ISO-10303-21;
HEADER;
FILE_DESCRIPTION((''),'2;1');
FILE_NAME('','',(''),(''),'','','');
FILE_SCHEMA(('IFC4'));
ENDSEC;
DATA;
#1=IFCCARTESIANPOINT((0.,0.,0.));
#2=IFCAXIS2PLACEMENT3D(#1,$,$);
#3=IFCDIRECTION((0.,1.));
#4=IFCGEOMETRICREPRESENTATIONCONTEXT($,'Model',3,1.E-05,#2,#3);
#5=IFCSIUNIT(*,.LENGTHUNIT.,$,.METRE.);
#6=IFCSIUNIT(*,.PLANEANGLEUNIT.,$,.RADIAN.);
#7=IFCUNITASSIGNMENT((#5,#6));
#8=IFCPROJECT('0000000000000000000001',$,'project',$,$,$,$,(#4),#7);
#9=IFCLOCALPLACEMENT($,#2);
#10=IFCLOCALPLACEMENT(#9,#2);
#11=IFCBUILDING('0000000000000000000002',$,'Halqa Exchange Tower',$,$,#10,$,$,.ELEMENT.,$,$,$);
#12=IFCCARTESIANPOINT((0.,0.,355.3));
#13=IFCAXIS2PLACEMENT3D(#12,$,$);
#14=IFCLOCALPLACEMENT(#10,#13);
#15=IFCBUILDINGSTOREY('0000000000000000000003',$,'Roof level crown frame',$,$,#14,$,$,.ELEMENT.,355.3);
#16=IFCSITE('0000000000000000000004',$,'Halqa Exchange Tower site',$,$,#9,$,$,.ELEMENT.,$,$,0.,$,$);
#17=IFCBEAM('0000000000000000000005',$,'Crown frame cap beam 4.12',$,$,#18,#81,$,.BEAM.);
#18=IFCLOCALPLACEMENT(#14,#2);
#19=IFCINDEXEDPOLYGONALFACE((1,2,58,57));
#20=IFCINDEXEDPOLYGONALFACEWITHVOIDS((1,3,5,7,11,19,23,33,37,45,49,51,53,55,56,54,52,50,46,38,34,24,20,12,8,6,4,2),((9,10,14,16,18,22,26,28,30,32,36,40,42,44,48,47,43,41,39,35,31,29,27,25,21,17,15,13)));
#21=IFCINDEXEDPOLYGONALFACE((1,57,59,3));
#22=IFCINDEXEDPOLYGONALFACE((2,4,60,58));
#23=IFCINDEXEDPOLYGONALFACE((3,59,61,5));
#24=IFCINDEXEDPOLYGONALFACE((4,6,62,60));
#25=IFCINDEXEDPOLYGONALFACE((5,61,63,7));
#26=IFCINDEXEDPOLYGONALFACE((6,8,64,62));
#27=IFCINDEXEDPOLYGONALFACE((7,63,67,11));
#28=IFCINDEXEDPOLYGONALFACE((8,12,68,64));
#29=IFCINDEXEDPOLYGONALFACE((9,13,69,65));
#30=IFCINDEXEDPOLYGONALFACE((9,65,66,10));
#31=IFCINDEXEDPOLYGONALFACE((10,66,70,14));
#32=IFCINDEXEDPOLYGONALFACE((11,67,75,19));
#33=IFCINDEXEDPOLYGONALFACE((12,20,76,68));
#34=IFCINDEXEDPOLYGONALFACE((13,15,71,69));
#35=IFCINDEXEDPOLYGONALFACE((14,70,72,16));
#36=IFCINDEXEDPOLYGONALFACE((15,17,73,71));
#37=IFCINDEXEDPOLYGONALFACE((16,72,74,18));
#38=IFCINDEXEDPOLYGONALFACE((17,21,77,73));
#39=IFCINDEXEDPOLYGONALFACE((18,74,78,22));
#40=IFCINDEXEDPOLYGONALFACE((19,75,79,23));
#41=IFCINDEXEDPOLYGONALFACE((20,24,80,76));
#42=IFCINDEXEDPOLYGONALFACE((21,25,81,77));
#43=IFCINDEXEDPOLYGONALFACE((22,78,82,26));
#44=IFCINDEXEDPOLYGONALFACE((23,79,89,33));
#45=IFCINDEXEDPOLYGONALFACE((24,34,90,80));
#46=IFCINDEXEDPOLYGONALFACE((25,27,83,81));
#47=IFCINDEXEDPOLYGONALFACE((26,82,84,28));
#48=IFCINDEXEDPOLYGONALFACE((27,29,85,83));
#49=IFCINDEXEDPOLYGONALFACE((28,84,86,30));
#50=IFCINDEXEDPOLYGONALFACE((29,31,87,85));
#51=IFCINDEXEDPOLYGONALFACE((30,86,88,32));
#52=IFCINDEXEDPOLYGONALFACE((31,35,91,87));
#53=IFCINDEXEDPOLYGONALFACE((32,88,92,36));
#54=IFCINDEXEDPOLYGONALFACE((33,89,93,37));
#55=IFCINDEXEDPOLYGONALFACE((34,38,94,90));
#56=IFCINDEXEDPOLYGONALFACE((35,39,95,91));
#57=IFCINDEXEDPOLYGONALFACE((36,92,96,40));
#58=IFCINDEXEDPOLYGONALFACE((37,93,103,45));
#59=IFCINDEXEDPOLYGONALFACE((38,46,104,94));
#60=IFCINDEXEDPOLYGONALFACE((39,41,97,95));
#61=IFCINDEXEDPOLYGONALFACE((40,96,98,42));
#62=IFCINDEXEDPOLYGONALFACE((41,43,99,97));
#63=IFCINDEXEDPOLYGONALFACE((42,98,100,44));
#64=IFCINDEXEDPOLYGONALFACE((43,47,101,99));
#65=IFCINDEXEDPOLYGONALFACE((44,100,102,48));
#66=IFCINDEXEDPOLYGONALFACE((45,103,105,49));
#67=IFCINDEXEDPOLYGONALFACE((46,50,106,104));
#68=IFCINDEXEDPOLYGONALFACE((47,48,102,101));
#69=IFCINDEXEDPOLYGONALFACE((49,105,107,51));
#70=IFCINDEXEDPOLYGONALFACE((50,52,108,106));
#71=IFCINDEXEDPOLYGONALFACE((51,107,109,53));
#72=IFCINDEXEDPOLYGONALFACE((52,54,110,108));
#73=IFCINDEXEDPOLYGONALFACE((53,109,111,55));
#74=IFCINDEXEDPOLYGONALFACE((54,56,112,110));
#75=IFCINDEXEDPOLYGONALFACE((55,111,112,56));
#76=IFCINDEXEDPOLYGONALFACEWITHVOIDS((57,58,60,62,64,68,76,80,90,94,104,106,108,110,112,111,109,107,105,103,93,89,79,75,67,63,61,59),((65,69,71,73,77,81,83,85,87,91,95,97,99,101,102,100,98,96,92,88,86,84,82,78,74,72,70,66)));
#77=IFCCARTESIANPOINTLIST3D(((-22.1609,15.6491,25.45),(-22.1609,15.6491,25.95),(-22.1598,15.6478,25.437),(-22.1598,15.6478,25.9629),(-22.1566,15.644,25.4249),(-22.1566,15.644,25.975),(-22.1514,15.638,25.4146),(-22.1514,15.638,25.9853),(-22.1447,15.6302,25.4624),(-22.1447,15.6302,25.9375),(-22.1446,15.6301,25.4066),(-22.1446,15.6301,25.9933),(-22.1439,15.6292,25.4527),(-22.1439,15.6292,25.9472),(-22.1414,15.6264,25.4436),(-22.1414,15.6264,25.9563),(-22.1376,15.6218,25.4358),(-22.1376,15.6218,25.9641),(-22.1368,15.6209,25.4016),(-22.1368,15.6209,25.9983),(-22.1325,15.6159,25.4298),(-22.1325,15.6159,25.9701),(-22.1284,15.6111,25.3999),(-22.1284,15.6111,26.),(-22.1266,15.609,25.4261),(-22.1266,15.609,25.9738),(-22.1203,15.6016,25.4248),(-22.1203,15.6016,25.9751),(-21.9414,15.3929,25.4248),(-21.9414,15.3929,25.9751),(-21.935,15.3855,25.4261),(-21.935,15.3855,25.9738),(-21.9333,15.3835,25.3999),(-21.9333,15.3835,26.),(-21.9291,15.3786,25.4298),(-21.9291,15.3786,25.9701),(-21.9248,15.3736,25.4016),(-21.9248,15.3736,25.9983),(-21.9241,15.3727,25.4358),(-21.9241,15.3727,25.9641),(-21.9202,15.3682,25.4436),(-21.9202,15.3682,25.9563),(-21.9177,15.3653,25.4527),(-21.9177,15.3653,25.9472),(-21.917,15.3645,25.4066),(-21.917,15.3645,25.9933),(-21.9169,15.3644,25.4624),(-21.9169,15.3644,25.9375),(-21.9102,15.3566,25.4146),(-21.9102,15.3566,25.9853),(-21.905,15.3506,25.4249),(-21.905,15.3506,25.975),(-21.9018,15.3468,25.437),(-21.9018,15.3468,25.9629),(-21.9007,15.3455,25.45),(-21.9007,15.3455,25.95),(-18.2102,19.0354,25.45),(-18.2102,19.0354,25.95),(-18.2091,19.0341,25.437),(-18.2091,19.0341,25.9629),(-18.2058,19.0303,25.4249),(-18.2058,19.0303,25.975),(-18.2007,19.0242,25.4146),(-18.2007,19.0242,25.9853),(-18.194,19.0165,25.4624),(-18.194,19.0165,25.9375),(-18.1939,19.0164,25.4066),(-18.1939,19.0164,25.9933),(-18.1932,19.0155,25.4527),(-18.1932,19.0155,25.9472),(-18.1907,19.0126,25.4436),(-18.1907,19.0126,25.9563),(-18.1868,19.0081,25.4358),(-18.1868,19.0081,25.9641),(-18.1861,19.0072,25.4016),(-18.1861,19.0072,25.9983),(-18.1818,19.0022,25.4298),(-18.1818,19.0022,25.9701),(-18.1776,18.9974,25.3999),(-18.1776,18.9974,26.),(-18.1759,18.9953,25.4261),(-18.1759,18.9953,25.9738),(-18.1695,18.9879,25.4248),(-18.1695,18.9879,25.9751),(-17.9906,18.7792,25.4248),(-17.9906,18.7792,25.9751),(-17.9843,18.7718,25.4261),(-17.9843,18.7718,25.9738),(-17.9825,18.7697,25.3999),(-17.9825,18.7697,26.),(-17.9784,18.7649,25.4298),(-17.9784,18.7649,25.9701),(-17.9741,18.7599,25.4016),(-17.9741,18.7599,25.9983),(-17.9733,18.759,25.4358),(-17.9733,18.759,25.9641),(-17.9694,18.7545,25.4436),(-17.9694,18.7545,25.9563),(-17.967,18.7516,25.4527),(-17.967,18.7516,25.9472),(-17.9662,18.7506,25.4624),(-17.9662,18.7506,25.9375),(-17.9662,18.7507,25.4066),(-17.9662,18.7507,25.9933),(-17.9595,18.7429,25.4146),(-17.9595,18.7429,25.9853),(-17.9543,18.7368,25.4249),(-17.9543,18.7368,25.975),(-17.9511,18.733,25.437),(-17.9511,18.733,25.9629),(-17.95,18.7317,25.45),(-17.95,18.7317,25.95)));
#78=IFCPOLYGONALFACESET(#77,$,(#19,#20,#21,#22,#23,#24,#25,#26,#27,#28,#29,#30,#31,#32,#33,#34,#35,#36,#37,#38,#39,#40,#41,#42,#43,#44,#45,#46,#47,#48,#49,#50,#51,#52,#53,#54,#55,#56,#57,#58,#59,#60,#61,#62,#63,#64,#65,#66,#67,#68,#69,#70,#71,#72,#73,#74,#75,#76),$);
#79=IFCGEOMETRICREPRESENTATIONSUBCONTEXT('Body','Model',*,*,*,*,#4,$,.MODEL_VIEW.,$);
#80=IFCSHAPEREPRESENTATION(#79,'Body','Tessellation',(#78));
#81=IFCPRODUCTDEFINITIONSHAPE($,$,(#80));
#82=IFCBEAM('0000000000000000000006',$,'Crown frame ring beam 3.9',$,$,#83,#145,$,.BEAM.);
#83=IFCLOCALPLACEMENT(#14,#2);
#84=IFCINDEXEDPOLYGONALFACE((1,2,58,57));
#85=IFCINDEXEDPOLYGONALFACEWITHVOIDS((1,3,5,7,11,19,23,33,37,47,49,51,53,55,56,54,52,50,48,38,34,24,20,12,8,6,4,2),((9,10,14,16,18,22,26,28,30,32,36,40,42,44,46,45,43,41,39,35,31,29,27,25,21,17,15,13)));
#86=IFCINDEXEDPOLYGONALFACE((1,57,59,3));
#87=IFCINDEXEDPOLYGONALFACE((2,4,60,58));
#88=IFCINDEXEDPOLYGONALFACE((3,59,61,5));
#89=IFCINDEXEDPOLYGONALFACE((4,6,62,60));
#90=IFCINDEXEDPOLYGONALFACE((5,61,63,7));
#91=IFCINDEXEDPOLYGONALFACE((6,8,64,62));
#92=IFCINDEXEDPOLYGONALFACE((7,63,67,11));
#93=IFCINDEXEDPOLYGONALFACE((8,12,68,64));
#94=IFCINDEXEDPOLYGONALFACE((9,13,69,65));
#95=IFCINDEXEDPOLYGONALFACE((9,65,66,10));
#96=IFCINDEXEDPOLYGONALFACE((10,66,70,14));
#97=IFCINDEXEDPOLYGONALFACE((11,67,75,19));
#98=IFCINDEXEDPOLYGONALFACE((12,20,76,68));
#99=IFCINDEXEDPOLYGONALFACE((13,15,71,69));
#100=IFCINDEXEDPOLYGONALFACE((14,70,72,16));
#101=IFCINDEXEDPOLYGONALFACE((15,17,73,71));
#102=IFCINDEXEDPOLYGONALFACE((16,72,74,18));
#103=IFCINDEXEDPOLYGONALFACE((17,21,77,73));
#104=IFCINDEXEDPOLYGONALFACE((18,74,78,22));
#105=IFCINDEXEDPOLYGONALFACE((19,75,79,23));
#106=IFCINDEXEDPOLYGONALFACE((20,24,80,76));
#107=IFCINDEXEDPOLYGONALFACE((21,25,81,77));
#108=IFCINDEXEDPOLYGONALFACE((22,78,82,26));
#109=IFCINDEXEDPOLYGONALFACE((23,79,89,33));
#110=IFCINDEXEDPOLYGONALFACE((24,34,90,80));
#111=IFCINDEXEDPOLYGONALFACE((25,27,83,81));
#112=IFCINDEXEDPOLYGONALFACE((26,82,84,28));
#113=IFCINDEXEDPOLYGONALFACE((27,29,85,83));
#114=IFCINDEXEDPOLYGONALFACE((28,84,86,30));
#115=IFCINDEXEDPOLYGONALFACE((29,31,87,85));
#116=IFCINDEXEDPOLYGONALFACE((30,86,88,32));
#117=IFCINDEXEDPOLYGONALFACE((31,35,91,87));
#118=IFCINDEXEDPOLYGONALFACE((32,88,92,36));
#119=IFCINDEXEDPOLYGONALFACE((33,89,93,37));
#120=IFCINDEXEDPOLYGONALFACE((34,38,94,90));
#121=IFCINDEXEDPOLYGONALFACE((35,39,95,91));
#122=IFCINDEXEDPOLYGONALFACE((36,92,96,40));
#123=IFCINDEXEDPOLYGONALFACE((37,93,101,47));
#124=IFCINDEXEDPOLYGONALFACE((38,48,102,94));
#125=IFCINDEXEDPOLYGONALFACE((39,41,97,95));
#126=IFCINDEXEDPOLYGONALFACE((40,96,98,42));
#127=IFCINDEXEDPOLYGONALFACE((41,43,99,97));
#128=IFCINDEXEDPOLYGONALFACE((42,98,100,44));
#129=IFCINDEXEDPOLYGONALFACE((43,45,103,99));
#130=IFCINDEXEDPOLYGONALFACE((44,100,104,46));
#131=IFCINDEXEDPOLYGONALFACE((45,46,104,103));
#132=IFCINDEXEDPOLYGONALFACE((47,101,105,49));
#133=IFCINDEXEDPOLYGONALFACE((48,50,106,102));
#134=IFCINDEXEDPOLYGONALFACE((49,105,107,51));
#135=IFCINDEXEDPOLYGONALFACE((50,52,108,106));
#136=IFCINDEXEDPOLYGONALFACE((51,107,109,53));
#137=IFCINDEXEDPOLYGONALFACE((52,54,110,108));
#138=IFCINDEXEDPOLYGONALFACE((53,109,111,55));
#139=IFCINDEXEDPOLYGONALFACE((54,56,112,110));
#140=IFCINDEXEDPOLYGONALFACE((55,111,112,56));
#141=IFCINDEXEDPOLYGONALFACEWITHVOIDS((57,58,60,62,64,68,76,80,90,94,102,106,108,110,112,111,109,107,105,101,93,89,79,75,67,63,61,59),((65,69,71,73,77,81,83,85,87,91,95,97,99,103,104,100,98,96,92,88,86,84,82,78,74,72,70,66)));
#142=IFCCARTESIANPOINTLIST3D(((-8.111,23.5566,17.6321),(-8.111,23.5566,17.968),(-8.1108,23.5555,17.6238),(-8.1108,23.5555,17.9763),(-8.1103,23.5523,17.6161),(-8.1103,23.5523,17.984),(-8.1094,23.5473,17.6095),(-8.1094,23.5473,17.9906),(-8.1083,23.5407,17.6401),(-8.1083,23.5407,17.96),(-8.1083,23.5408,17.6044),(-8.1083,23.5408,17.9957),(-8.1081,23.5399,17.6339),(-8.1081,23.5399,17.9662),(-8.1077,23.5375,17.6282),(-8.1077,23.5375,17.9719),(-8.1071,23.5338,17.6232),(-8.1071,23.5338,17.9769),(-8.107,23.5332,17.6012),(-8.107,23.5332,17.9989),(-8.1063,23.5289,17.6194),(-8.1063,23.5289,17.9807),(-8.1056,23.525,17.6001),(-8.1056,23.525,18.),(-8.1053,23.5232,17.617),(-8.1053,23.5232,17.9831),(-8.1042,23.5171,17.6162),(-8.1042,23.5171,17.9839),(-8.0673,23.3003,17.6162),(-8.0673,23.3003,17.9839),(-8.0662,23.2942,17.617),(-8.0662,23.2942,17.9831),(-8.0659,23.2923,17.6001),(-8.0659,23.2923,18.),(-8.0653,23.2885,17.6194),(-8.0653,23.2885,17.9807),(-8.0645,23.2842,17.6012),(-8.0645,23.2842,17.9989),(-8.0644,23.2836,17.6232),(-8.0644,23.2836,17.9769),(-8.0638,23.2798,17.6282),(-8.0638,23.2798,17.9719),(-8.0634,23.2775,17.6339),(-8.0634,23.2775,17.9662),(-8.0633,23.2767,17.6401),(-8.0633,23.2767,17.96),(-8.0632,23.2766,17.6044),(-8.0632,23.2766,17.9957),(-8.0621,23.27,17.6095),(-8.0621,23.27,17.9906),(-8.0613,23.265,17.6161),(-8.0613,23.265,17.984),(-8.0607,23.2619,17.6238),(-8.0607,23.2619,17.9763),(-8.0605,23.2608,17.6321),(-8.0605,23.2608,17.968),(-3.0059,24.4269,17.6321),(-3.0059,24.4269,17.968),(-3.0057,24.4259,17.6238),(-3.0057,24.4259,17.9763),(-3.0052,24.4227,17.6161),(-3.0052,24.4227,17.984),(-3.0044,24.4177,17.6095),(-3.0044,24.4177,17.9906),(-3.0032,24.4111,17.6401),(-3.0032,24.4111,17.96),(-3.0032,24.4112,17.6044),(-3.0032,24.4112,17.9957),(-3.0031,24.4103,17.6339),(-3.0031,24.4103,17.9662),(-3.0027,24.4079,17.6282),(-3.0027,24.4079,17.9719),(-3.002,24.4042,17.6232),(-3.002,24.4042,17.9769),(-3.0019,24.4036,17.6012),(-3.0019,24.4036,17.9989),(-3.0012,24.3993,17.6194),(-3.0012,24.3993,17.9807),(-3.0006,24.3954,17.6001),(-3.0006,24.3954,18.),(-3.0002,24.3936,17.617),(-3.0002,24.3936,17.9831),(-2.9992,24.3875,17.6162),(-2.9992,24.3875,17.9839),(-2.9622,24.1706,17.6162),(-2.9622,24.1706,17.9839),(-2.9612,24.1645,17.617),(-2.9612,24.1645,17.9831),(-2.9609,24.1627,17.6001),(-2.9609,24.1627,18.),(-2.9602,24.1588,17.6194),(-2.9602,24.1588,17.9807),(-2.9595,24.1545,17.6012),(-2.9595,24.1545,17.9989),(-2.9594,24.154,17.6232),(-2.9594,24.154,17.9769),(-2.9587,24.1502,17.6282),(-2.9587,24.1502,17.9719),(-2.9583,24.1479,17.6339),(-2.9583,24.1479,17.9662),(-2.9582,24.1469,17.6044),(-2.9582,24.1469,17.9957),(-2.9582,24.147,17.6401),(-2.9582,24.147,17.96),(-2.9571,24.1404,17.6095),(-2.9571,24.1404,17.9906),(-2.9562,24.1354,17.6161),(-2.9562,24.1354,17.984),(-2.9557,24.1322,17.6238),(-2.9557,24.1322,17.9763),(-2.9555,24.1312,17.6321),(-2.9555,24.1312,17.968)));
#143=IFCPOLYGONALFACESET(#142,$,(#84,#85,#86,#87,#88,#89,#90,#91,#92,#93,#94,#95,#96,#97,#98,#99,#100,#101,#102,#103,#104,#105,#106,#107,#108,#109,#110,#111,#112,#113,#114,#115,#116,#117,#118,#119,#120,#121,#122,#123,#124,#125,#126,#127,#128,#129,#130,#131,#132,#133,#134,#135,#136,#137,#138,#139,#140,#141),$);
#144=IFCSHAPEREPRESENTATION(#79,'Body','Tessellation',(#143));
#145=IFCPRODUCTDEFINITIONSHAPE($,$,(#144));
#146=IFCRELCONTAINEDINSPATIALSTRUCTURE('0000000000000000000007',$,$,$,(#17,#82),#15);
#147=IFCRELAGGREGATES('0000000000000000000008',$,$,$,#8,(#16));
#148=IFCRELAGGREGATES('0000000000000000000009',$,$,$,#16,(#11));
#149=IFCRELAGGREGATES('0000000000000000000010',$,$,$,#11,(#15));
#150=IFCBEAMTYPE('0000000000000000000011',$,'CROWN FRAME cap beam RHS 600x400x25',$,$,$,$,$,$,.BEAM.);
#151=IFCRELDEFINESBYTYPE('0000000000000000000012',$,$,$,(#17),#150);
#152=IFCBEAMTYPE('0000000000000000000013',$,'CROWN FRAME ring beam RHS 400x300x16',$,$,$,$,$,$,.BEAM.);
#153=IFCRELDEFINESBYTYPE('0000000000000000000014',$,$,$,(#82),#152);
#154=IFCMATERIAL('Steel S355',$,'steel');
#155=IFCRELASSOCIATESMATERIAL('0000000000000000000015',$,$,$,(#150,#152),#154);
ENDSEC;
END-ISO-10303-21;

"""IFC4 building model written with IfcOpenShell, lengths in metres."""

from ifc_helpers import new_model, si_unit, direction, frame, origin, origin_2d, place, context, subcontext, project, spatial, hollow_rectangle, extrude, material, material_profile, profile_set, type_object, element, save


model = new_model("IFC4")

# Units and contexts
model_context = context("Model", 3, precision=1e-05, world=origin(), true_north=direction((0.0, 1.0)))
body_context = subcontext(model_context, "Body", "Model", "MODEL_VIEW")
ifc_project = project(units=[si_unit("LENGTHUNIT", "METRE"), si_unit("PLANEANGLEUNIT", "RADIAN")], contexts=[model_context])

# Site, building, storey
site_placement = place(None, origin())
site = spatial("IfcSite", under=ifc_project, at=site_placement, Name="Halqa Exchange Tower site", CompositionType="ELEMENT", RefElevation=0.0)
building_placement = place(site_placement, origin())
building = spatial("IfcBuilding", under=site, at=building_placement, Name="Halqa Exchange Tower", CompositionType="ELEMENT")
storey_placement = place(building_placement, frame((0.0, 0.0, 355.3)))
storey = spatial("IfcBuildingStorey", under=building, at=storey_placement, Name="Roof level crown frame", CompositionType="ELEMENT", Elevation=355.3)

# Shared definitions
ifc_material_1 = material(Name="Steel S355", Category="steel")

# Beams
ifc_material_profile_1 = material_profile(ifc_material_1, hollow_rectangle(XDim=0.3999, YDim=0.6001, WallThickness=0.0249, InnerFilletRadius=0.0376, OuterFilletRadius=0.05, at=origin_2d()), Name="RHS 600x400x25")
ifc_profile_set_1 = profile_set([ifc_material_profile_1], Name="Steel S355")
beam_type_1 = type_object("IfcBeamType", Name="CROWN FRAME cap beam RHS 600x400x25", PredefinedType="BEAM", material=ifc_profile_set_1)
beam_1_placement = place(storey_placement, frame((-18.0801, 18.8835, 25.7), z_axis=(-0.759263, -0.650784, 0.0), x_axis=(0.650784, -0.759263, 0.0)))
element("IfcBeam", 1, at=beam_1_placement, inside=storey, type_object=beam_type_1, Name="Crown frame cap beam 4.12", PredefinedType="BEAM", context=body_context, shape_type="SweptSolid", body=[
    extrude(hollow_rectangle(XDim=0.3999, YDim=0.6001, WallThickness=0.0249, InnerFilletRadius=0.0376, OuterFilletRadius=0.05, at=origin_2d()), origin(), (0.0, 0.0, 1.0), 5.2034),
])
ifc_material_profile_2 = material_profile(ifc_material_1, hollow_rectangle(XDim=0.3, YDim=0.3999, WallThickness=0.0161, InnerFilletRadius=0.0239, OuterFilletRadius=0.032, at=origin_2d()), Name="RHS 400x300x16")
ifc_profile_set_2 = profile_set([ifc_material_profile_2], Name="Steel S355")
beam_type_2 = type_object("IfcBeamType", Name="CROWN FRAME ring beam RHS 400x300x16", PredefinedType="BEAM", material=ifc_profile_set_2)
beam_2_placement = place(storey_placement, frame((-2.9807, 24.2791, 17.8), z_axis=(-0.985776, -0.168067, 0.0), x_axis=(0.168067, -0.985776, 0.0)))
element("IfcBeam", 2, at=beam_2_placement, inside=storey, type_object=beam_type_2, Name="Crown frame ring beam 3.9", PredefinedType="BEAM", context=body_context, shape_type="SweptSolid", body=[
    extrude(hollow_rectangle(XDim=0.3, YDim=0.3999, WallThickness=0.0161, InnerFilletRadius=0.0239, OuterFilletRadius=0.032, at=origin_2d()), origin(), (0.0, 0.0, 1.0), 5.1787),
])

save(model, "model.ifc")
